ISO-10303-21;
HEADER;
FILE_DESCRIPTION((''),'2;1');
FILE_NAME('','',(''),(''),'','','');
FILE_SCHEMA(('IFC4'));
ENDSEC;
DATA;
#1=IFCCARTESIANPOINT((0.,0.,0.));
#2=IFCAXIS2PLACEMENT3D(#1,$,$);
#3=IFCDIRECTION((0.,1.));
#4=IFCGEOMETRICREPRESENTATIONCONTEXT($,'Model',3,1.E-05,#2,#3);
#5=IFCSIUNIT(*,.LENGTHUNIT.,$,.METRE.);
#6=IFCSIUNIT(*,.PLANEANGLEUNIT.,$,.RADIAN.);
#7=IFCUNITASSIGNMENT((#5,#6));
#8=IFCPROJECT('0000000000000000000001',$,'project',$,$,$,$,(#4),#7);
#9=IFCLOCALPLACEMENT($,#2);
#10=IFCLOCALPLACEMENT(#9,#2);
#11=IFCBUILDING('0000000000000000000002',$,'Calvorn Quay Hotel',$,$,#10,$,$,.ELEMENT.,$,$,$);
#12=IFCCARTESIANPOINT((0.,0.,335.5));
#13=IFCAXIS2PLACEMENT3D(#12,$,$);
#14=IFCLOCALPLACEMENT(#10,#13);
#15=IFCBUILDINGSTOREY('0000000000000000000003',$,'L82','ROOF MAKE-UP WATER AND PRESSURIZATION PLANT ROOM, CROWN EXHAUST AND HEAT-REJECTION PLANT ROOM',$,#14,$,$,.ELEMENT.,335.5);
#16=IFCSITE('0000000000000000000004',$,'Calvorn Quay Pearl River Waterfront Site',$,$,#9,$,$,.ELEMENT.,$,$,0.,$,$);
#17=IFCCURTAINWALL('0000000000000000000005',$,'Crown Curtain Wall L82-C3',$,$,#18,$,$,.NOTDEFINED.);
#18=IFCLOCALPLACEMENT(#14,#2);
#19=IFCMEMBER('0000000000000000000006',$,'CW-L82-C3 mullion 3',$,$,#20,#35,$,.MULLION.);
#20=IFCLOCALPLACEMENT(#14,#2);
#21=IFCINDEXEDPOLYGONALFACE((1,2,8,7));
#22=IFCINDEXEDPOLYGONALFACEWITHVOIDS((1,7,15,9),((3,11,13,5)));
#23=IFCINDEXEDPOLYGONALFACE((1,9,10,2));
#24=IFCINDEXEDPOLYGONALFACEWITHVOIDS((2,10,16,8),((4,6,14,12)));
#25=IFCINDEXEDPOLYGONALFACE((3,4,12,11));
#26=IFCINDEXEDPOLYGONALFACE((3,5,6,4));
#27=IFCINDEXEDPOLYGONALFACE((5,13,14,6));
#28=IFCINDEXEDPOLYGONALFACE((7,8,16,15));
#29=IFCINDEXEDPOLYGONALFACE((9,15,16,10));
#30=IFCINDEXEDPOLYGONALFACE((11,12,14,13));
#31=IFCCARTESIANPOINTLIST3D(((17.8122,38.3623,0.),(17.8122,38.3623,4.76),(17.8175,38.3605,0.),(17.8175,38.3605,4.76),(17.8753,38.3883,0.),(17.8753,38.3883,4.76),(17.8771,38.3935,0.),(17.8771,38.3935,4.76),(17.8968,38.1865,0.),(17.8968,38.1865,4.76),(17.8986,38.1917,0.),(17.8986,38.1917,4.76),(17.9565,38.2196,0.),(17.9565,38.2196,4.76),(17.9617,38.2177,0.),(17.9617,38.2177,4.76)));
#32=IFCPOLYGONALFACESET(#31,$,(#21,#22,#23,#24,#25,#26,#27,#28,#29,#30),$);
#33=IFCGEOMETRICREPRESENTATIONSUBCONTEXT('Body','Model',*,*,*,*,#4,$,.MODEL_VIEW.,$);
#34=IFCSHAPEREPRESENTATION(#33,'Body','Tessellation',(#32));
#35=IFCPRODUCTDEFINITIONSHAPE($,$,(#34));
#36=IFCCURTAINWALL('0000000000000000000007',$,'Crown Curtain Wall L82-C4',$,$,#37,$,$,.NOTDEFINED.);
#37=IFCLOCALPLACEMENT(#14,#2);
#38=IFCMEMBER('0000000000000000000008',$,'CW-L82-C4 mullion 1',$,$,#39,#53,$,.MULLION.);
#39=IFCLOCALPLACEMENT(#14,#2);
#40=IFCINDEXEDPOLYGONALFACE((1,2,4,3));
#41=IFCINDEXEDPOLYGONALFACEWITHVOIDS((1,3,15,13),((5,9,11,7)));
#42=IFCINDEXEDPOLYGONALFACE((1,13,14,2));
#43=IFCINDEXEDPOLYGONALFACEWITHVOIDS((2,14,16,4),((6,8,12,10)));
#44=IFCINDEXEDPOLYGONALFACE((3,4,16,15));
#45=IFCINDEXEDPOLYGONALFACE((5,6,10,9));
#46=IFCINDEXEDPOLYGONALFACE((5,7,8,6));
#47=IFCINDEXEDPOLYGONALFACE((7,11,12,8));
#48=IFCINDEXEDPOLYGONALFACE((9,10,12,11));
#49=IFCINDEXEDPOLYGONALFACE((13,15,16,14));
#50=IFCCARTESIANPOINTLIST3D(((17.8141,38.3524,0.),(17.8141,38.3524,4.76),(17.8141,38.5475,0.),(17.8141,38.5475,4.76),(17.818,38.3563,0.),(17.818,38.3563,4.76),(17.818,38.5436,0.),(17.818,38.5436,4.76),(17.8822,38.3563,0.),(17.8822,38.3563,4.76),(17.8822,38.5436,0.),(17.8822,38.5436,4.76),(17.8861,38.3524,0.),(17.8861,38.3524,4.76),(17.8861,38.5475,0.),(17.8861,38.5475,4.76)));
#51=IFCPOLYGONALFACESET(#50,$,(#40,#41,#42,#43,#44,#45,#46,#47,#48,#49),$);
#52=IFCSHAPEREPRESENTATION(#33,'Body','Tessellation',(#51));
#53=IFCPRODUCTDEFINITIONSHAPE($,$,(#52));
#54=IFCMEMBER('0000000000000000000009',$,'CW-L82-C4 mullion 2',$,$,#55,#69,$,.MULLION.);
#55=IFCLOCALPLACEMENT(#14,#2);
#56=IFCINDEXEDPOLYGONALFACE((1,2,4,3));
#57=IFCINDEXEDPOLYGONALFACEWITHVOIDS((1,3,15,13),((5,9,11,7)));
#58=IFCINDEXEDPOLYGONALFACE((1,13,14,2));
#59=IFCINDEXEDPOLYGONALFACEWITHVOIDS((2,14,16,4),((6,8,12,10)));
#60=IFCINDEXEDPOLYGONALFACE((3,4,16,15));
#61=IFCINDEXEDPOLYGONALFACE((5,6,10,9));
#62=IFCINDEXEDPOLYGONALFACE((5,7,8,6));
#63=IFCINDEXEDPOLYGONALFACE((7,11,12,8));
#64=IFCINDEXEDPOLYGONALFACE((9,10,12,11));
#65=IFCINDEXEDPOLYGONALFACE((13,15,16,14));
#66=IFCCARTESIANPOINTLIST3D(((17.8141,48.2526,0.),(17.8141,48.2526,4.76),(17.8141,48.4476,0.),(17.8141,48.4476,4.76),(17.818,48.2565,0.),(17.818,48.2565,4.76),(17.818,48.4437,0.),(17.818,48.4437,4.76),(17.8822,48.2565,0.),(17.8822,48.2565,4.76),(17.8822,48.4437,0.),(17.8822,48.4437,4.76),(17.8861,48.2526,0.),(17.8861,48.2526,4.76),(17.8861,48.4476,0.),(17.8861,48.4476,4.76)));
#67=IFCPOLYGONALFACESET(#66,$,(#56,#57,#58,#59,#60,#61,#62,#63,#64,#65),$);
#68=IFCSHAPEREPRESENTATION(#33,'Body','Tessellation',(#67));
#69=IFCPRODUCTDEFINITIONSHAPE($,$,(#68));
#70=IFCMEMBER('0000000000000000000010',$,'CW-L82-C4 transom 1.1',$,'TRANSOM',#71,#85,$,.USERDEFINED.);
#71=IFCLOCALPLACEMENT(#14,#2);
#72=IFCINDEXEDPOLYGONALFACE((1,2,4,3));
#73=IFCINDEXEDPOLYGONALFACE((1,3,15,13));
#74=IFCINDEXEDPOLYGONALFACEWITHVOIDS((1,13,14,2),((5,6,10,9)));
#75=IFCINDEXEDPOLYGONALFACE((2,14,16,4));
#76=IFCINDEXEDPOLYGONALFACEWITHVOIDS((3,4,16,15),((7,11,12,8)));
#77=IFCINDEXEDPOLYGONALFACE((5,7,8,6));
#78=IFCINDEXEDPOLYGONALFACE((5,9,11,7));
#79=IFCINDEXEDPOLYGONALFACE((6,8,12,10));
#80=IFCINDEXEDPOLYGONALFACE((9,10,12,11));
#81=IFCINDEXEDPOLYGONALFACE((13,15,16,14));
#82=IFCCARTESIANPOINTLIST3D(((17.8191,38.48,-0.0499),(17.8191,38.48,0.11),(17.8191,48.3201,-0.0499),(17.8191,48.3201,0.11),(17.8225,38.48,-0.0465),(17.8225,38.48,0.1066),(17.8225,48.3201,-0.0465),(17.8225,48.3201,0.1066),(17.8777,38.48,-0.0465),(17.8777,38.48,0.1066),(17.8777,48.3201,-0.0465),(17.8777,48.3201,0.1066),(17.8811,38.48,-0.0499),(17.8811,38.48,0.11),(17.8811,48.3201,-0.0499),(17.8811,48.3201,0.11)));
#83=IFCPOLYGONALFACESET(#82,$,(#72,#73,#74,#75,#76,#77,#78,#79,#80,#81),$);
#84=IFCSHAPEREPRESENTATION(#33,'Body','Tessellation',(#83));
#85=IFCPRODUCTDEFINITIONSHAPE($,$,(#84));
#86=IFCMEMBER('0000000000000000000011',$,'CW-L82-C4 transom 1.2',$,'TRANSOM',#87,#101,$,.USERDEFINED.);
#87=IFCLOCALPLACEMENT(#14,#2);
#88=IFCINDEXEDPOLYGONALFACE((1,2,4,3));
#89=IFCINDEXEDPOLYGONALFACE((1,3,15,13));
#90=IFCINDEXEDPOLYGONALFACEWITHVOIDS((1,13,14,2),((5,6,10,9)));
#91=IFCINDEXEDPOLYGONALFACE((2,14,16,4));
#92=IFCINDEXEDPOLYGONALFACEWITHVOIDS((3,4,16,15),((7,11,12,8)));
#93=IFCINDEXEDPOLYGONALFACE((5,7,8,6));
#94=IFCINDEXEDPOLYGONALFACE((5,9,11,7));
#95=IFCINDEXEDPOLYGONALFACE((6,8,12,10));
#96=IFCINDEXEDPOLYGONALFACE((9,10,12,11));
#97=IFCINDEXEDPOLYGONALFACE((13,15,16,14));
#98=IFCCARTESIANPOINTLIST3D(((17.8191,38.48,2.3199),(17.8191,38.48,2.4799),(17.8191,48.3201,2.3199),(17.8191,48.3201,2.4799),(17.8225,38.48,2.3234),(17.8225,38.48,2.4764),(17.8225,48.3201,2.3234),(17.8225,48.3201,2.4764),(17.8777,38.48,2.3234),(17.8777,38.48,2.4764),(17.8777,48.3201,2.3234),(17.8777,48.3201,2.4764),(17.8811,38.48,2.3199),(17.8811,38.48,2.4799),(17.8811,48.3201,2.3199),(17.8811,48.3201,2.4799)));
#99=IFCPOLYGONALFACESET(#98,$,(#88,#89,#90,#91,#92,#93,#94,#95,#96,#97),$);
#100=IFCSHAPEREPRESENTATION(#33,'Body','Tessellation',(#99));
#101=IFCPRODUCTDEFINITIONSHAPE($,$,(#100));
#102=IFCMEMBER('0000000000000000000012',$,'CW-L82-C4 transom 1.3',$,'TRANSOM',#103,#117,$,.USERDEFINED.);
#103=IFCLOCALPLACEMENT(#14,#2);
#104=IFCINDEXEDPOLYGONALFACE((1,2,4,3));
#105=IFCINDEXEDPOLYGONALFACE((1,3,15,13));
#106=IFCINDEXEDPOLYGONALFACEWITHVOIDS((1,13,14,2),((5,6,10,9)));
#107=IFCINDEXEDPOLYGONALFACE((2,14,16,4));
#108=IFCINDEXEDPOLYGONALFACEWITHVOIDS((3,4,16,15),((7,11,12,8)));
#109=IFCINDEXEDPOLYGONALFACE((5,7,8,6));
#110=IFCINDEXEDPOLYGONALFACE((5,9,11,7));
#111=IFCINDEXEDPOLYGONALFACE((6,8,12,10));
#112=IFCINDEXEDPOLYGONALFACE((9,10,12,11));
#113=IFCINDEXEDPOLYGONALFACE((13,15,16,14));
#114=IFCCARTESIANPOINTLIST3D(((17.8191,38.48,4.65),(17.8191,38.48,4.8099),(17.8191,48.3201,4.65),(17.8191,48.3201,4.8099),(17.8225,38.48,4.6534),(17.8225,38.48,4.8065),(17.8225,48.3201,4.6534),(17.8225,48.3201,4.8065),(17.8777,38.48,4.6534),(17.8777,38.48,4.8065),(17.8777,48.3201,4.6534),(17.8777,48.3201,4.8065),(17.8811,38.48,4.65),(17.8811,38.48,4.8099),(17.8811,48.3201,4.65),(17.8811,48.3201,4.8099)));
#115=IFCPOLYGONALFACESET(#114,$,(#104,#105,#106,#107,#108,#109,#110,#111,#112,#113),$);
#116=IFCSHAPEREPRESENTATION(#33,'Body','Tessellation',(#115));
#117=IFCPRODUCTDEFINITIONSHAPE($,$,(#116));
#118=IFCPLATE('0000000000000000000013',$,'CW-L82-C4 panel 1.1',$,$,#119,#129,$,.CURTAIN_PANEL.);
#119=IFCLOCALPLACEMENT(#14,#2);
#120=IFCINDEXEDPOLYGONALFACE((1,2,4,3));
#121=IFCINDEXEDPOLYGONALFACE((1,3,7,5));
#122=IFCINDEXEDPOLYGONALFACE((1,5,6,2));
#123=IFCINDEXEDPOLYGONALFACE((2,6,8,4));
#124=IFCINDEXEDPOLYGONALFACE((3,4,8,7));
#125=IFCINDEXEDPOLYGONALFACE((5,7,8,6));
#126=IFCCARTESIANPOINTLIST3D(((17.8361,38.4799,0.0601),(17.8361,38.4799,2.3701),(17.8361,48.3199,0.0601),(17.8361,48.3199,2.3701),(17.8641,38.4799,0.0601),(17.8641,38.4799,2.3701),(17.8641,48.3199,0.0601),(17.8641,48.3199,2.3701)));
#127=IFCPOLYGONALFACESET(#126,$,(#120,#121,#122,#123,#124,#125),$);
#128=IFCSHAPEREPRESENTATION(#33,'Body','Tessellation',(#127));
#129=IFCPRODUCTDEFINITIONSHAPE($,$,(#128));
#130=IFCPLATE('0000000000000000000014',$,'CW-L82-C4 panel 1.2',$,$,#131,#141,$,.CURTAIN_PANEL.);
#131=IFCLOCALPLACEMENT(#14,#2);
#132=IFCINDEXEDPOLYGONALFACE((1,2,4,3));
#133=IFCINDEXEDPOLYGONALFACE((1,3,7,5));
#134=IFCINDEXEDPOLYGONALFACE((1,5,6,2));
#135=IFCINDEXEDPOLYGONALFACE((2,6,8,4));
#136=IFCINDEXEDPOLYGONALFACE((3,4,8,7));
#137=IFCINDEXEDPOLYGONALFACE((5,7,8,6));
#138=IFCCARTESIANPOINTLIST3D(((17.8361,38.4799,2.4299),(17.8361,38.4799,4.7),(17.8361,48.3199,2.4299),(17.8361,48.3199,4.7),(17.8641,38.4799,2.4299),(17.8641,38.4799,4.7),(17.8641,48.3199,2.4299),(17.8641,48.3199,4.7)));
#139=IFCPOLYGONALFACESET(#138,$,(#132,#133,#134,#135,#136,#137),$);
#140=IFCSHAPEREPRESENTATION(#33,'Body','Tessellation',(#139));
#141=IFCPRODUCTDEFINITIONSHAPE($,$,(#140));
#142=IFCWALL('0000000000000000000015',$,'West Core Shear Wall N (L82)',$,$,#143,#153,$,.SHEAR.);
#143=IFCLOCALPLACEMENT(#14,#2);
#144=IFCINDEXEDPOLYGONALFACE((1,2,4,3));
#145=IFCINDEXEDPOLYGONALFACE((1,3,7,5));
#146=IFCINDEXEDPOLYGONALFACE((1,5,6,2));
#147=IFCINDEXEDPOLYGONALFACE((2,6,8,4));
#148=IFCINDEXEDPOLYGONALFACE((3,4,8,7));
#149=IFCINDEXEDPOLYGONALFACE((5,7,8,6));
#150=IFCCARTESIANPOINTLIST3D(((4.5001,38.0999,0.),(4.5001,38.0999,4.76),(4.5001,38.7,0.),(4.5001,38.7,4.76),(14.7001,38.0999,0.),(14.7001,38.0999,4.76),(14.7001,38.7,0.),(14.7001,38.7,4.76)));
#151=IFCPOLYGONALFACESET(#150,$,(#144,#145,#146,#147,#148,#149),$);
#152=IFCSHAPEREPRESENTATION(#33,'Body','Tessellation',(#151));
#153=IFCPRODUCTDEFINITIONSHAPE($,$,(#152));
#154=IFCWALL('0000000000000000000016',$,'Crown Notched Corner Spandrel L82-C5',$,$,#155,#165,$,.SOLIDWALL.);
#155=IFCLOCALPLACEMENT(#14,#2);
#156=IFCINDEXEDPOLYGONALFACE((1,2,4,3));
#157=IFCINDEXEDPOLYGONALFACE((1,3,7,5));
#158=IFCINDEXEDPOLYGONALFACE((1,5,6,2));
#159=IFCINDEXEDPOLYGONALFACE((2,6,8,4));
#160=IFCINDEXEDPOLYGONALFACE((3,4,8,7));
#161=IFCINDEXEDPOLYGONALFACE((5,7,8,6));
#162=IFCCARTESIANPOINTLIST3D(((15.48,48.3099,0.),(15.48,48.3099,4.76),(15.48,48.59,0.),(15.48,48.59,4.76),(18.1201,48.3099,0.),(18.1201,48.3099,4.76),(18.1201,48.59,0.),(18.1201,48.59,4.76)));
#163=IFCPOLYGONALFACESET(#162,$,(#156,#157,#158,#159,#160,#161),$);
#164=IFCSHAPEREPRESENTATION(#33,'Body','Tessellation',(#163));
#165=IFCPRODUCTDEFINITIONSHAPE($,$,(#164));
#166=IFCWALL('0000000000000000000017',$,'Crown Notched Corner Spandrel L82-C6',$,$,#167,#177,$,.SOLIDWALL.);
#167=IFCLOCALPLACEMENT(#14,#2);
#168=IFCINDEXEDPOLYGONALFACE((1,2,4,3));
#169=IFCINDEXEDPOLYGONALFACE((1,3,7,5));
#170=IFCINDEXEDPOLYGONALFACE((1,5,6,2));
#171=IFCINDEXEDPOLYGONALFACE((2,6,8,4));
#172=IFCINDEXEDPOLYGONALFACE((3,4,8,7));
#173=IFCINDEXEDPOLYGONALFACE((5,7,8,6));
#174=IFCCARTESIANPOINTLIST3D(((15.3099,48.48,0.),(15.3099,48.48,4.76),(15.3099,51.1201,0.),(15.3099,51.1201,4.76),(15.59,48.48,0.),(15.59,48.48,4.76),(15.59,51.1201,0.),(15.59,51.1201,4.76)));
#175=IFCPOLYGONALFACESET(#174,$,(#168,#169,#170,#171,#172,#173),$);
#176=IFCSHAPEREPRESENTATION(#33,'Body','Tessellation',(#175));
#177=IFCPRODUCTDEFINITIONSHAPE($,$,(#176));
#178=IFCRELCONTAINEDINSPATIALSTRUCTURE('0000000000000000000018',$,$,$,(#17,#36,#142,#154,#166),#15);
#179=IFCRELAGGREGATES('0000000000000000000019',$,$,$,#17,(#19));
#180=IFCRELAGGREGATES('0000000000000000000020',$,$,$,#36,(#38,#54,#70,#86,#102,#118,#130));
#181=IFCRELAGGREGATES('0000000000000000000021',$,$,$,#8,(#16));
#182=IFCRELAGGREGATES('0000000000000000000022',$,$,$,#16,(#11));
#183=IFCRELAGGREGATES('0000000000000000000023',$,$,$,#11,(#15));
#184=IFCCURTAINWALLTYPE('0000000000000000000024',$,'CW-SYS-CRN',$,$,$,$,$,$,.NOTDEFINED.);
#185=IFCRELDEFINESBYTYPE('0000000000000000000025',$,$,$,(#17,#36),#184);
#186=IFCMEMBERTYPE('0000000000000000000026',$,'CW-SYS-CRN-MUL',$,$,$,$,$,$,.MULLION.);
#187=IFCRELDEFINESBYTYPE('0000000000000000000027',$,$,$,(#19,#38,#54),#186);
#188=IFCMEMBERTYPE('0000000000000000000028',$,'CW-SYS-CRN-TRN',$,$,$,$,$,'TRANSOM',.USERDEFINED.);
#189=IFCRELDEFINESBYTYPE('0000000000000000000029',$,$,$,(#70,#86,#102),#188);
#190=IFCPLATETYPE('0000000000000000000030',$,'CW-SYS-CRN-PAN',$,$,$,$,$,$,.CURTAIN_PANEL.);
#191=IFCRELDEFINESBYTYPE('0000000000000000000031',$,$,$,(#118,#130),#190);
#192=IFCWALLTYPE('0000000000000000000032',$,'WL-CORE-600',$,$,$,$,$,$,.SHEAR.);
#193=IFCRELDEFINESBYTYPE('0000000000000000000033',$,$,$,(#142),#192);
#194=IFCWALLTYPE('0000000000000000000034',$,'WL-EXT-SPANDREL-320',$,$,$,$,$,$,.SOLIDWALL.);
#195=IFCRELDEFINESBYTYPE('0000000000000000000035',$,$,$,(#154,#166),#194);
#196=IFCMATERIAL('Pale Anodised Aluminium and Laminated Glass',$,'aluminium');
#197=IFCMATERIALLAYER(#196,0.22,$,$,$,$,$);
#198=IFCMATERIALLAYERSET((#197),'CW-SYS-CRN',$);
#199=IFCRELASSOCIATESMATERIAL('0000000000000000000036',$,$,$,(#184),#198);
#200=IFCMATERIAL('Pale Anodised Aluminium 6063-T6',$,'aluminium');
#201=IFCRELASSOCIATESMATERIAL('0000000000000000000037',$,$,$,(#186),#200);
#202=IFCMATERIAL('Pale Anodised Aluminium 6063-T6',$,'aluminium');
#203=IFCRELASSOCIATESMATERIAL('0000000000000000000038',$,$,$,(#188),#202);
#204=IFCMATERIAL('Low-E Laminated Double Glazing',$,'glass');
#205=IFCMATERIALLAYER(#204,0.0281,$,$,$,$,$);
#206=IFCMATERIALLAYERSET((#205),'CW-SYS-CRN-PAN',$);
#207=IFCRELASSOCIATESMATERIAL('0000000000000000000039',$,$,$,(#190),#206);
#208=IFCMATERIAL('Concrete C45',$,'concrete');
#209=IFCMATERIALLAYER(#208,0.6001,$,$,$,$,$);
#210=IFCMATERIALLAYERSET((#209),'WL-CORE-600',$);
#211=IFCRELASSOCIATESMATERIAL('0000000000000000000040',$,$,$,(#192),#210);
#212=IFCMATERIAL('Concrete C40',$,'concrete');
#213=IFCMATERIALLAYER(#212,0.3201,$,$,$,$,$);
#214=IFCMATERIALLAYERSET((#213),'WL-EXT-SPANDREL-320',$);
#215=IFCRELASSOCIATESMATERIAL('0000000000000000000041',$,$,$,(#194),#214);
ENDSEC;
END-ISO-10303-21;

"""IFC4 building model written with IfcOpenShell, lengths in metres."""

from ifc_helpers import new_model, si_unit, direction, frame, frame_2d, origin, origin_2d, place, context, subcontext, project, spatial, rectangle, hollow_rectangle, extrude, material, layer, layer_set, material_profile, profile_set, type_object, element, aggregate, save


model = new_model("IFC4")

# Units and contexts
model_context = context("Model", 3, precision=1e-05, world=origin(), true_north=direction((0.0, 1.0)))
body_context = subcontext(model_context, "Body", "Model", "MODEL_VIEW")
ifc_project = project(units=[si_unit("LENGTHUNIT", "METRE"), si_unit("PLANEANGLEUNIT", "RADIAN")], contexts=[model_context])

# Site, building, storey
site_placement = place(None, origin())
site = spatial("IfcSite", under=ifc_project, at=site_placement, Name="Calvorn Quay Pearl River Waterfront Site", CompositionType="ELEMENT", RefElevation=0.0)
building_placement = place(site_placement, origin())
building = spatial("IfcBuilding", under=site, at=building_placement, Name="Calvorn Quay Hotel", CompositionType="ELEMENT")
storey_placement = place(building_placement, frame((0.0, 0.0, 335.5)))
storey = spatial("IfcBuildingStorey", under=building, at=storey_placement, Name="L82", Description="ROOF MAKE-UP WATER AND PRESSURIZATION PLANT ROOM, CROWN EXHAUST AND HEAT-REJECTION PLANT ROOM", CompositionType="ELEMENT", Elevation=335.5)

# Curtain wall, member
ifc_material_1 = material(Name="Pale Anodised Aluminium and Laminated Glass", Category="aluminium")
ifc_layer_1 = layer(ifc_material_1, 0.22)
ifc_layer_set_1 = layer_set([ifc_layer_1], Name="CW-SYS-CRN")
curtain_wall_type = type_object("IfcCurtainWallType", Name="CW-SYS-CRN", PredefinedType="NOTDEFINED", material=ifc_layer_set_1)
curtain_wall_1_placement = place(storey_placement, origin())
curtain_wall_1 = element("IfcCurtainWall", 1, at=curtain_wall_1_placement, inside=storey, type_object=curtain_wall_type, Name="Crown Curtain Wall L82-C3", PredefinedType="NOTDEFINED")
ifc_material_2 = material(Name="Pale Anodised Aluminium 6063-T6", Category="aluminium")
ifc_material_profile_1 = material_profile(ifc_material_2, hollow_rectangle(XDim=0.072, YDim=0.1951, WallThickness=0.0039, at=origin_2d()), Name="ALU-M195x72x4")
ifc_profile_set_1 = profile_set([ifc_material_profile_1], Name="Pale Anodised Aluminium 6063-T6")
member_type_1 = type_object("IfcMemberType", Name="CW-SYS-CRN-MUL", PredefinedType="MULLION", material=ifc_profile_set_1)
member_1_placement = place(storey_placement, frame((17.887, 38.29, 0.0), z_axis=(0.0, 0.0, 1.0), x_axis=(-0.901199, -0.433405, 0.0)))
member_1 = element("IfcMember", 2, at=member_1_placement, type_object=member_type_1, Name="CW-L82-C3 mullion 3", PredefinedType="MULLION", context=body_context, shape_type="SweptSolid", body=[
    extrude(hollow_rectangle(XDim=0.072, YDim=0.1951, WallThickness=0.0039, at=origin_2d()), origin(), (0.0, 0.0, 1.0), 4.76),
])
aggregate(curtain_wall_1, [member_1])

# Curtain wall, members, plates
curtain_wall_2_placement = place(storey_placement, origin())
curtain_wall_2 = element("IfcCurtainWall", 3, at=curtain_wall_2_placement, inside=storey, type_object=curtain_wall_type, Name="Crown Curtain Wall L82-C4", PredefinedType="NOTDEFINED")
member_2_placement = place(storey_placement, frame((17.8501, 38.45, 0.0), z_axis=(0.0, 0.0, 1.0), x_axis=(-1.0, 0.0, 0.0)))
member_2 = element("IfcMember", 4, at=member_2_placement, type_object=member_type_1, Name="CW-L82-C4 mullion 1", PredefinedType="MULLION", context=body_context, shape_type="SweptSolid", body=[
    extrude(hollow_rectangle(XDim=0.072, YDim=0.1951, WallThickness=0.0039, at=origin_2d()), origin(), (0.0, 0.0, 1.0), 4.76),
])
member_3_placement = place(storey_placement, frame((17.8501, 48.3501, 0.0), z_axis=(0.0, 0.0, 1.0), x_axis=(-1.0, 0.0, 0.0)))
member_3 = element("IfcMember", 5, at=member_3_placement, type_object=member_type_1, Name="CW-L82-C4 mullion 2", PredefinedType="MULLION", context=body_context, shape_type="SweptSolid", body=[
    extrude(hollow_rectangle(XDim=0.072, YDim=0.1951, WallThickness=0.0039, at=origin_2d()), origin(), (0.0, 0.0, 1.0), 4.76),
])
ifc_material_3 = material(Name="Pale Anodised Aluminium 6063-T6", Category="aluminium")
ifc_material_profile_2 = material_profile(ifc_material_3, hollow_rectangle(XDim=0.062, YDim=0.1599, WallThickness=0.0034, at=origin_2d()), Name="ALU-T160x62x3.5")
ifc_profile_set_2 = profile_set([ifc_material_profile_2], Name="Pale Anodised Aluminium 6063-T6")
member_type_2 = type_object("IfcMemberType", Name="CW-SYS-CRN-TRN", ElementType="TRANSOM", PredefinedType="USERDEFINED", material=ifc_profile_set_2)
member_4_placement = place(storey_placement, frame((17.8501, 38.48, 0.03), z_axis=(0.0, 1.0, 0.0), x_axis=(-1.0, 0.0, 0.0)))
member_4 = element("IfcMember", 6, at=member_4_placement, type_object=member_type_2, Name="CW-L82-C4 transom 1.1", ObjectType="TRANSOM", PredefinedType="USERDEFINED", context=body_context, shape_type="SweptSolid", body=[
    extrude(hollow_rectangle(XDim=0.062, YDim=0.1599, WallThickness=0.0034, at=origin_2d()), origin(), (0.0, 0.0, 1.0), 9.8401),
])
member_5_placement = place(storey_placement, frame((17.8501, 38.48, 2.3999), z_axis=(0.0, 1.0, 0.0), x_axis=(-1.0, 0.0, 0.0)))
member_5 = element("IfcMember", 7, at=member_5_placement, type_object=member_type_2, Name="CW-L82-C4 transom 1.2", ObjectType="TRANSOM", PredefinedType="USERDEFINED", context=body_context, shape_type="SweptSolid", body=[
    extrude(hollow_rectangle(XDim=0.062, YDim=0.1599, WallThickness=0.0034, at=origin_2d()), origin(), (0.0, 0.0, 1.0), 9.8401),
])
member_6_placement = place(storey_placement, frame((17.8501, 38.48, 4.73), z_axis=(0.0, 1.0, 0.0), x_axis=(-1.0, 0.0, 0.0)))
member_6 = element("IfcMember", 8, at=member_6_placement, type_object=member_type_2, Name="CW-L82-C4 transom 1.3", ObjectType="TRANSOM", PredefinedType="USERDEFINED", context=body_context, shape_type="SweptSolid", body=[
    extrude(hollow_rectangle(XDim=0.062, YDim=0.1599, WallThickness=0.0034, at=origin_2d()), origin(), (0.0, 0.0, 1.0), 9.8401),
])
ifc_material_4 = material(Name="Low-E Laminated Double Glazing", Category="glass")
ifc_layer_2 = layer(ifc_material_4, 0.0281)
ifc_layer_set_2 = layer_set([ifc_layer_2], Name="CW-SYS-CRN-PAN")
plate_type = type_object("IfcPlateType", Name="CW-SYS-CRN-PAN", PredefinedType="CURTAIN_PANEL", material=ifc_layer_set_2)
plate_1_placement = place(storey_placement, frame((17.8501, 43.3999, 0.0601), z_axis=(0.0, 0.0, 1.0), x_axis=(0.0, 1.0, 0.0)))
plate_1 = element("IfcPlate", 9, at=plate_1_placement, type_object=plate_type, Name="CW-L82-C4 panel 1.1", PredefinedType="CURTAIN_PANEL", context=body_context, shape_type="SweptSolid", body=[
    extrude(rectangle(XDim=9.8401, YDim=0.0281, at=origin_2d()), origin(), (0.0, 0.0, 1.0), 2.3101),
])
plate_2_placement = place(storey_placement, frame((17.8501, 43.3999, 2.4299), z_axis=(0.0, 0.0, 1.0), x_axis=(0.0, 1.0, 0.0)))
plate_2 = element("IfcPlate", 10, at=plate_2_placement, type_object=plate_type, Name="CW-L82-C4 panel 1.2", PredefinedType="CURTAIN_PANEL", context=body_context, shape_type="SweptSolid", body=[
    extrude(rectangle(XDim=9.8401, YDim=0.0281, at=origin_2d()), origin(), (0.0, 0.0, 1.0), 2.27),
])
aggregate(curtain_wall_2, [member_2, member_3, member_4, member_5, member_6, plate_1, plate_2])

# Wall
ifc_material_5 = material(Name="Concrete C45", Category="concrete")
ifc_layer_3 = layer(ifc_material_5, 0.6001)
ifc_layer_set_3 = layer_set([ifc_layer_3], Name="WL-CORE-600")
wall_type_1 = type_object("IfcWallType", Name="WL-CORE-600", PredefinedType="SHEAR", material=ifc_layer_set_3)
wall_1_placement = place(storey_placement, frame((4.5, 38.3999, 0.0), z_axis=(0.0, 0.0, 1.0), x_axis=(1.0, 0.0, 0.0)))
element("IfcWall", 11, at=wall_1_placement, inside=storey, type_object=wall_type_1, Name="West Core Shear Wall N (L82)", PredefinedType="SHEAR", context=body_context, shape_type="SweptSolid", body=[
    extrude(rectangle(XDim=10.2, YDim=0.6001, at=frame_2d((5.1001, 0.0))), origin(), (0.0, 0.0, 1.0), 4.76),
])

# Walls
ifc_material_6 = material(Name="Concrete C40", Category="concrete")
ifc_layer_4 = layer(ifc_material_6, 0.3201)
ifc_layer_set_4 = layer_set([ifc_layer_4], Name="WL-EXT-SPANDREL-320")
wall_type_2 = type_object("IfcWallType", Name="WL-EXT-SPANDREL-320", PredefinedType="SOLIDWALL", material=ifc_layer_set_4)
for number, where, z_axis, x_axis, name in (
    (12, (18.1201, 48.45, 0.0), (0.0, 0.0, 1.0), (-1.0, 0.0, 0.0), "Crown Notched Corner Spandrel L82-C5"),
    (13, (15.45, 48.48, 0.0), (0.0, 0.0, 1.0), (0.0, 1.0, 0.0), "Crown Notched Corner Spandrel L82-C6"),
):
    element("IfcWall", number, at=place(storey_placement, frame(where, z_axis=z_axis, x_axis=x_axis)), inside=storey, type_object=wall_type_2, Name=name, PredefinedType="SOLIDWALL", context=body_context, shape_type="SweptSolid", body=[
        extrude(rectangle(XDim=2.6401, YDim=0.28, at=frame_2d((1.3201, 0.0))), origin(), (0.0, 0.0, 1.0), 4.76),
    ])

save(model, "model.ifc")
